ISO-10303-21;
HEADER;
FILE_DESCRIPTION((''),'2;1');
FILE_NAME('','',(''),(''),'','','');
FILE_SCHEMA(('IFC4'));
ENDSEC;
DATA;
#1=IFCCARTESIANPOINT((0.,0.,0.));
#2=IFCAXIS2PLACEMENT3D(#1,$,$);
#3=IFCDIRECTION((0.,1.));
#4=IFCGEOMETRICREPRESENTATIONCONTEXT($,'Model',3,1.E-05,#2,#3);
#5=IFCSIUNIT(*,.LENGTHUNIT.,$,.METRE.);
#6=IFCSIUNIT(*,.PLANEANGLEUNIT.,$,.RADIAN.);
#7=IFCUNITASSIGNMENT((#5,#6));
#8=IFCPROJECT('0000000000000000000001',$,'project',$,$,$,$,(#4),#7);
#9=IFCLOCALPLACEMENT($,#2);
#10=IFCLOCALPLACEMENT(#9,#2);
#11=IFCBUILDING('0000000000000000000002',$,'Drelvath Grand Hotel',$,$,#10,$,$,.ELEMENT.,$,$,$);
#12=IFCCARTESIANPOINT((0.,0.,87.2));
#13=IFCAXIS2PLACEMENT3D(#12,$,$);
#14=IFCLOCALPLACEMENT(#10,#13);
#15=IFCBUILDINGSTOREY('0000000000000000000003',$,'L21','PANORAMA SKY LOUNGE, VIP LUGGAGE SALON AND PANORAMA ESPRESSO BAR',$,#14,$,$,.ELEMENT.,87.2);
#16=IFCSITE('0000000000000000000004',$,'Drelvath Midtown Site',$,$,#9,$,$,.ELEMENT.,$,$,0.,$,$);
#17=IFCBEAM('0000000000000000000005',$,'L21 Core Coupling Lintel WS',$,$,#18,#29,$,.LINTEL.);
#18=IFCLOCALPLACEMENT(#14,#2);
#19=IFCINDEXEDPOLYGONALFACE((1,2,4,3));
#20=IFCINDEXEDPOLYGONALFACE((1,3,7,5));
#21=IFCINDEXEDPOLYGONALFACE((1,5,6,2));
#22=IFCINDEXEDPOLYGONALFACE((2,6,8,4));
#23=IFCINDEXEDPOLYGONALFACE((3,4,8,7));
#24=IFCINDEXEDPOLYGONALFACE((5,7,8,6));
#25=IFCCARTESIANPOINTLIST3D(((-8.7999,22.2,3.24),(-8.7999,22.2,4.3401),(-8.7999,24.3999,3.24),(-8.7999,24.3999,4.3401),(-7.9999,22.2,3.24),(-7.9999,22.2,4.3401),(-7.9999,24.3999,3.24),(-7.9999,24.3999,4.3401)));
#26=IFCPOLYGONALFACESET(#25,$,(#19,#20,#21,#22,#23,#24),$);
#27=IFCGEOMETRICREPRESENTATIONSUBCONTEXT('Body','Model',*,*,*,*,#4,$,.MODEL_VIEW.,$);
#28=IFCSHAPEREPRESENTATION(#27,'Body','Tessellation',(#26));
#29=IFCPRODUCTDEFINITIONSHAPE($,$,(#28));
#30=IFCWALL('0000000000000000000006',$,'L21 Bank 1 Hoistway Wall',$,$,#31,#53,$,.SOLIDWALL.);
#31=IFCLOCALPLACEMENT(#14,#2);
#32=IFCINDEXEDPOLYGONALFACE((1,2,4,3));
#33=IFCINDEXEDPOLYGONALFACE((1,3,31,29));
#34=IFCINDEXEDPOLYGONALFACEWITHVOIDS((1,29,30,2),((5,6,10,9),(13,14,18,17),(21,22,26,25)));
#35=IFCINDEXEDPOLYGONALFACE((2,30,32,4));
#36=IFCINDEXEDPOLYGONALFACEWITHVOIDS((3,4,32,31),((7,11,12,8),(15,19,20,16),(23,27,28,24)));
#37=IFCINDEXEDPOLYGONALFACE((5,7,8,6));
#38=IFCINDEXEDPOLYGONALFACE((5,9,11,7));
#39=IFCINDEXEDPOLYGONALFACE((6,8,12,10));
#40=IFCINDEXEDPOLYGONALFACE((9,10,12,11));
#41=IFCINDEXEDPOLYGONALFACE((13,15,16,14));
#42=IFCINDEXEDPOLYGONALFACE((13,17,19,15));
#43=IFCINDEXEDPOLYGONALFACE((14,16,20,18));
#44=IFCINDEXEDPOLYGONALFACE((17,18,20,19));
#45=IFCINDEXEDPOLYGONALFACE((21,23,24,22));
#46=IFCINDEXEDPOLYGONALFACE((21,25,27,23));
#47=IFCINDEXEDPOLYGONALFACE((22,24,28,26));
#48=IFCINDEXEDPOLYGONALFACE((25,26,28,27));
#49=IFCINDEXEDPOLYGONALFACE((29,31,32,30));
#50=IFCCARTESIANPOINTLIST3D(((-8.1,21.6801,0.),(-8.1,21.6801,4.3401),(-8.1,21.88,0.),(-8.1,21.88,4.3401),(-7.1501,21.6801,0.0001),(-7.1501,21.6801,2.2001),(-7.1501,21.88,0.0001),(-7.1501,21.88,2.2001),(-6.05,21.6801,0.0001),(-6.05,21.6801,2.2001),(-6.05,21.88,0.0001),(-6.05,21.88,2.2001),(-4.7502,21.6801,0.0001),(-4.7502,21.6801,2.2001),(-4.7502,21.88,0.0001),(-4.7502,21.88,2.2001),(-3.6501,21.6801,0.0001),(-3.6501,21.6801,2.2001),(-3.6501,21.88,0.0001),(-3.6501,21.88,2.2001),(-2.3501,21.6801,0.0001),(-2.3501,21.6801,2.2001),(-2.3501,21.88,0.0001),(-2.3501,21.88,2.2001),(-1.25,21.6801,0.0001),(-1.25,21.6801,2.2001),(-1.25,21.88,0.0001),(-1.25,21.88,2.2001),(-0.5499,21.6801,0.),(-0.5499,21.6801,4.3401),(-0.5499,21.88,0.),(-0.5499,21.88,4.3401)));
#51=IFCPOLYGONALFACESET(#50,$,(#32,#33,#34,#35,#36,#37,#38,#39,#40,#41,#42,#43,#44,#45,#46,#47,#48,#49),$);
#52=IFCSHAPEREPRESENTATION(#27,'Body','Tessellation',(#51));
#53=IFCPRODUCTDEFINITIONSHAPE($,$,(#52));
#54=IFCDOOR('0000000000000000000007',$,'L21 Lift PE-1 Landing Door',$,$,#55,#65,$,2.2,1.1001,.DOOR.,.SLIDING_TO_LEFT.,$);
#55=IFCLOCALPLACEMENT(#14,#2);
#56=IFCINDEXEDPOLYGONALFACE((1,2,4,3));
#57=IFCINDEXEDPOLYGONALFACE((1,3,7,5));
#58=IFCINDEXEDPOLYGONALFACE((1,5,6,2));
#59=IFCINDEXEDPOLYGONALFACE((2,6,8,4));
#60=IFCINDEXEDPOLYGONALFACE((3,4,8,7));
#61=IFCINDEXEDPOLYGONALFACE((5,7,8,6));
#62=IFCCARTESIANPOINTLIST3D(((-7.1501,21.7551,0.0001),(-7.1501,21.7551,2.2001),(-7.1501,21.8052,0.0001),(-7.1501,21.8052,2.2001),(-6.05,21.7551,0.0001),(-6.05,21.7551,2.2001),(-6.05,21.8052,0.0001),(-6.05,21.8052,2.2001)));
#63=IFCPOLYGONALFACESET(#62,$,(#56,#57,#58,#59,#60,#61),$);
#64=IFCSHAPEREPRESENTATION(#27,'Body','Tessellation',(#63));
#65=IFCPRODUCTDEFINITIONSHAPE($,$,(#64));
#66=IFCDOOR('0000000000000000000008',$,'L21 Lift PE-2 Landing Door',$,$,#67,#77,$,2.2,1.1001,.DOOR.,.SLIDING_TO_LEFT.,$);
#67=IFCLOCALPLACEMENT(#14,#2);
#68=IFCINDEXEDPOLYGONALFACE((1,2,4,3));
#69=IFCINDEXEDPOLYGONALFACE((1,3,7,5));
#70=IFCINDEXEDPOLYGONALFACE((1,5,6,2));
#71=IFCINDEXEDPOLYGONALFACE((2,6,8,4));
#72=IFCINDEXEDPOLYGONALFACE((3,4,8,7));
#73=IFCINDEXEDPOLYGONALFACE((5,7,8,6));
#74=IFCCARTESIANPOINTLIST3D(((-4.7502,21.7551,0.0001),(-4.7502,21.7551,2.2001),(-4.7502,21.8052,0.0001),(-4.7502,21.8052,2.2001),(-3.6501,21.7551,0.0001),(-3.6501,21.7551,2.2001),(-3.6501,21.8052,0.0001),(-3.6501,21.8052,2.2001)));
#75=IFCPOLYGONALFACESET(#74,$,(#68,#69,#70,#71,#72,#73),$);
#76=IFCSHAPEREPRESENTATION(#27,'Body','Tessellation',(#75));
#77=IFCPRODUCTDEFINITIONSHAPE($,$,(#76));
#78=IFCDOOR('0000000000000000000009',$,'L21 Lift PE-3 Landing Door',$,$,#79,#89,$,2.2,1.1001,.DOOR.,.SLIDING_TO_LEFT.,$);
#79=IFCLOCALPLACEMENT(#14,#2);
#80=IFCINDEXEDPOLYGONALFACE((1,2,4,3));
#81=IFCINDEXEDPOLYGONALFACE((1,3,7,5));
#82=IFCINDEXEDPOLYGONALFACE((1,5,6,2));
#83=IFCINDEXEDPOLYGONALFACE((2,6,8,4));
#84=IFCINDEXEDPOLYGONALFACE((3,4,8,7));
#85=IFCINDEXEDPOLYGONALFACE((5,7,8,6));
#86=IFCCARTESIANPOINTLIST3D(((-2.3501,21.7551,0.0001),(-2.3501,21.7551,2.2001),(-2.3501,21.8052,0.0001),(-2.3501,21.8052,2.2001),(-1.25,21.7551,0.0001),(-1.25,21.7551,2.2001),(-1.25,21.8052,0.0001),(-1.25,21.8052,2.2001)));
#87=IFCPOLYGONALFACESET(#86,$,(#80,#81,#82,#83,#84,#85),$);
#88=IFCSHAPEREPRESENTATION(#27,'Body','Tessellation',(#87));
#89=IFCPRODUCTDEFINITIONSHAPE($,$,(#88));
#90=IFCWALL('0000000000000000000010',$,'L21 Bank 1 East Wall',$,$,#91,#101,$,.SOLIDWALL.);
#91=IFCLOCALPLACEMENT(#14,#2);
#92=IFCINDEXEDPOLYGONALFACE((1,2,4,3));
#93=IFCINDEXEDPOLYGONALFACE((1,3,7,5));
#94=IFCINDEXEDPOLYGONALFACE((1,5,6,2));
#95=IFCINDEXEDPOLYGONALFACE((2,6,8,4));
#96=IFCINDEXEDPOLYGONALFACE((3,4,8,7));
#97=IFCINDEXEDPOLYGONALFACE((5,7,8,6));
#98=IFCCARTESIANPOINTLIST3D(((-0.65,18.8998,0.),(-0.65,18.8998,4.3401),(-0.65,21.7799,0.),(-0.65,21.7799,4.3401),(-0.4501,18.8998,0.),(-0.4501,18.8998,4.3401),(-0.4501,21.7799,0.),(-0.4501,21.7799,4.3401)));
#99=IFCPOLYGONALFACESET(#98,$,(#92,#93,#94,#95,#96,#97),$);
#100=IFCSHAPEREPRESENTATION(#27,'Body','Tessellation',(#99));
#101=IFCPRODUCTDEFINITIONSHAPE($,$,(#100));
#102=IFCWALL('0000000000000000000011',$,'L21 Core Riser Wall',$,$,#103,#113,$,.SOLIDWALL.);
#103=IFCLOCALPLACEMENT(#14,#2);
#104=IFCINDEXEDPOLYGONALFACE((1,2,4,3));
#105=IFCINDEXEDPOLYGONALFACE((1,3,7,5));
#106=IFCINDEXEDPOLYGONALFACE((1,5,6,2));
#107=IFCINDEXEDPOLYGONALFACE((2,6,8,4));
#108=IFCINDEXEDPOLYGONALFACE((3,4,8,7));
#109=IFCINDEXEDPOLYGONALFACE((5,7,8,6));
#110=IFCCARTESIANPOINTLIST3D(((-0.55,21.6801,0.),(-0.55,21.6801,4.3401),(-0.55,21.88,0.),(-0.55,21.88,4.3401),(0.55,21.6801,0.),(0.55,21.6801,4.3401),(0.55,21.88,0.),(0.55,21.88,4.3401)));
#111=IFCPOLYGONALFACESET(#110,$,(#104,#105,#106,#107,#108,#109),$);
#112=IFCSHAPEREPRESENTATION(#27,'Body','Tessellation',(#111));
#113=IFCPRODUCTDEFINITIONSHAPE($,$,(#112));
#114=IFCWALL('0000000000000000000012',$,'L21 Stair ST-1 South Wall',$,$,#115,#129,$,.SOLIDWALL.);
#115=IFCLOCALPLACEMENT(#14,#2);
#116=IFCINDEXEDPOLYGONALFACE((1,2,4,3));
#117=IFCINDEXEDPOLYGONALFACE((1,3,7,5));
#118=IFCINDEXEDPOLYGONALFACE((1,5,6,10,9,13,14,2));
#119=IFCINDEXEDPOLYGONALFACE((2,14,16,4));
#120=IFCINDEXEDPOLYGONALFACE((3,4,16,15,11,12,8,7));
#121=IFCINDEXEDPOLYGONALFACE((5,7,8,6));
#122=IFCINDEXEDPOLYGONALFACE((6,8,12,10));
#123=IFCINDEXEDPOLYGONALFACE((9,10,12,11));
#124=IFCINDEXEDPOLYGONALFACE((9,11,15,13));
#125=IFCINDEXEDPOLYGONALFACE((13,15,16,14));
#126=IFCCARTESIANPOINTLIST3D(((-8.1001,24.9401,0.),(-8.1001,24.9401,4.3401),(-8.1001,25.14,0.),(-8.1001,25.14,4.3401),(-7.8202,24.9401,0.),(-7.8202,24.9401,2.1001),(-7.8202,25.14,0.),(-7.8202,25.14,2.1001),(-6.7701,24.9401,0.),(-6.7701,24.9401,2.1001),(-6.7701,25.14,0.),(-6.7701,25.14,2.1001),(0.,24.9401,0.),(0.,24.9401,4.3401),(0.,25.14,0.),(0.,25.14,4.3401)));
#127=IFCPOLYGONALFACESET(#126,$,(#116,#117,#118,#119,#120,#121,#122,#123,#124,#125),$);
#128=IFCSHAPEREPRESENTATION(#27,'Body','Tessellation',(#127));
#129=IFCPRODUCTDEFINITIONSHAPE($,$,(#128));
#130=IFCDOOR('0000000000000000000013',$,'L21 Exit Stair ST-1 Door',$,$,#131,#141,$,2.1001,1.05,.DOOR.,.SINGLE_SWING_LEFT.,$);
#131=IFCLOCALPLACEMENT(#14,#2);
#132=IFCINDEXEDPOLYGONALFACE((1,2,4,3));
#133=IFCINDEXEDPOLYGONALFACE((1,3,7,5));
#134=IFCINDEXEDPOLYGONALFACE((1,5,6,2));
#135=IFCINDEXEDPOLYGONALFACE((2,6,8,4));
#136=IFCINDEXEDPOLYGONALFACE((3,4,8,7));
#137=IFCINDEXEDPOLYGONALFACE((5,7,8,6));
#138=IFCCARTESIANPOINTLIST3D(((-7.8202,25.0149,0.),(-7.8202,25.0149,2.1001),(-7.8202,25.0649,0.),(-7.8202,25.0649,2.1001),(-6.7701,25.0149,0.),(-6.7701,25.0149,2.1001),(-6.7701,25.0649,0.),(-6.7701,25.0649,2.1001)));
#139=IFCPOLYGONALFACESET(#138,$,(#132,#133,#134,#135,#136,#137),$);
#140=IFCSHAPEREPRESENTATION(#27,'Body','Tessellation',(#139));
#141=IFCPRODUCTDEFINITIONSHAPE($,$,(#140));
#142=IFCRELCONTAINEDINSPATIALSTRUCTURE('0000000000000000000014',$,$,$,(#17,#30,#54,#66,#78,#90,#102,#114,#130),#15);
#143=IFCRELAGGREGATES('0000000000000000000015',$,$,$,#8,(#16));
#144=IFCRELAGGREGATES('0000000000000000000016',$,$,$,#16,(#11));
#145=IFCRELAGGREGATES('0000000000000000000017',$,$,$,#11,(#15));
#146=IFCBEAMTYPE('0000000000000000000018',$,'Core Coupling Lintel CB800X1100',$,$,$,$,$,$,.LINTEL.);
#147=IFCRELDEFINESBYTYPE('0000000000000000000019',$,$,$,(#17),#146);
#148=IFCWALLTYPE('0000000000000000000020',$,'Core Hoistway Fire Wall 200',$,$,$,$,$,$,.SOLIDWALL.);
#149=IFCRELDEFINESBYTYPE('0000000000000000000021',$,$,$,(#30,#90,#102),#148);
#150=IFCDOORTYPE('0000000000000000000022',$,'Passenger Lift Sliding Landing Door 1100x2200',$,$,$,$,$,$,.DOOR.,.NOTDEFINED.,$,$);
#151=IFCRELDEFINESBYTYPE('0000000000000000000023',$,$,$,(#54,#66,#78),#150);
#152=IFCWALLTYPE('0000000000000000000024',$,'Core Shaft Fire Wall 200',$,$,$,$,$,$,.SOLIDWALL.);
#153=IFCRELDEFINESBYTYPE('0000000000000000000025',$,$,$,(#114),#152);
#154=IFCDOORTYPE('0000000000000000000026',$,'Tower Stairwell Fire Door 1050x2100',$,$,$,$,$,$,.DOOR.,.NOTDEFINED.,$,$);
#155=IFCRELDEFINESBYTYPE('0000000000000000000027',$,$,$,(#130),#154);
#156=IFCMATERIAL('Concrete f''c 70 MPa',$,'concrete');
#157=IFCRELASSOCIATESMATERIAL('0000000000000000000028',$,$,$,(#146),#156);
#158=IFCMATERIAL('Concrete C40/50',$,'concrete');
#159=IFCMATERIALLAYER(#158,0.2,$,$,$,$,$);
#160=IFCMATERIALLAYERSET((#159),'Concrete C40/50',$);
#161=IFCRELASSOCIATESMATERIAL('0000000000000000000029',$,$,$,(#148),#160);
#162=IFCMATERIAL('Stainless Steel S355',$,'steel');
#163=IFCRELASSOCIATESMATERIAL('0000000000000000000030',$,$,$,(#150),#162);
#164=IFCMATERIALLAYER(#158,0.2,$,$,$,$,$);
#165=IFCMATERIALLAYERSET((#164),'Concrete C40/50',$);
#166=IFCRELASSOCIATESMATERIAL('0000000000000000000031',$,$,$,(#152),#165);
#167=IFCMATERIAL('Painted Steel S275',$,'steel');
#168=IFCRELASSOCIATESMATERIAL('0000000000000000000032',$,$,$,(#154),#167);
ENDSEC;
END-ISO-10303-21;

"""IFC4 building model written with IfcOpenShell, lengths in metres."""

from ifc_helpers import new_model, si_unit, direction, frame, frame_2d, origin, origin_2d, place, context, subcontext, project, spatial, rectangle, extrude, material, layer, layer_set, material_profile, profile_set, type_object, element, fill, save


model = new_model("IFC4")

# Units and contexts
model_context = context("Model", 3, precision=1e-05, world=origin(), true_north=direction((0.0, 1.0)))
body_context = subcontext(model_context, "Body", "Model", "MODEL_VIEW")
ifc_project = project(units=[si_unit("LENGTHUNIT", "METRE"), si_unit("PLANEANGLEUNIT", "RADIAN")], contexts=[model_context])

# Site, building, storey
site_placement = place(None, origin())
site = spatial("IfcSite", under=ifc_project, at=site_placement, Name="Drelvath Midtown Site", CompositionType="ELEMENT", RefElevation=0.0)
building_placement = place(site_placement, origin())
building = spatial("IfcBuilding", under=site, at=building_placement, Name="Drelvath Grand Hotel", CompositionType="ELEMENT")
storey_placement = place(building_placement, frame((0.0, 0.0, 87.2)))
storey = spatial("IfcBuildingStorey", under=building, at=storey_placement, Name="L21", Description="PANORAMA SKY LOUNGE, VIP LUGGAGE SALON AND PANORAMA ESPRESSO BAR", CompositionType="ELEMENT", Elevation=87.2)

# Beam
ifc_material_1 = material(Name="Concrete f'c 70 MPa", Category="concrete")
ifc_material_profile = material_profile(ifc_material_1, rectangle(XDim=0.8, YDim=1.1001, at=origin_2d()), Name="CB800X1100")
ifc_profile_set = profile_set([ifc_material_profile], Name="Concrete f'c 70 MPa")
beam_type = type_object("IfcBeamType", Name="Core Coupling Lintel CB800X1100", PredefinedType="LINTEL", material=ifc_profile_set)
beam_placement = place(storey_placement, frame((-8.3999, 22.2, 3.79), z_axis=(0.0, 1.0, 0.0), x_axis=(-1.0, 0.0, 0.0)))
element("IfcBeam", 1, at=beam_placement, inside=storey, type_object=beam_type, Name="L21 Core Coupling Lintel WS", PredefinedType="LINTEL", context=body_context, shape_type="SweptSolid", body=[
    extrude(rectangle(XDim=0.8, YDim=1.1001, at=origin_2d()), origin(), (0.0, 0.0, 1.0), 2.2),
])

# Wall, openings, doors
ifc_material_2 = material(Name="Concrete C40/50", Category="concrete")
ifc_layer_1 = layer(ifc_material_2, 0.2)
ifc_layer_set_1 = layer_set([ifc_layer_1], Name="Concrete C40/50")
wall_type_1 = type_object("IfcWallType", Name="Core Hoistway Fire Wall 200", PredefinedType="SOLIDWALL", material=ifc_layer_set_1)
wall_1_placement = place(storey_placement, frame((-0.55, 21.78, 0.0), z_axis=(0.0, 0.0, 1.0), x_axis=(-1.0, 0.0, 0.0)))
wall_1 = element("IfcWall", 2, at=wall_1_placement, inside=storey, type_object=wall_type_1, Name="L21 Bank 1 Hoistway Wall", PredefinedType="SOLIDWALL", context=body_context, shape_type="SweptSolid", body=[
    extrude(rectangle(XDim=7.55, YDim=0.2, at=frame_2d((3.7749, 0.0))), origin(), (0.0, 0.0, 1.0), 4.3401),
])
opening_1_placement = place(wall_1_placement, frame((5.5, 0.0, 0.0)))
opening_1 = element("IfcOpeningElement", 3, at=opening_1_placement, cuts=wall_1, PredefinedType="OPENING", context=body_context, shape_type="SweptSolid", body=[
    extrude(rectangle(XDim=1.1001, YDim=2.2, at=frame_2d((0.55, 1.1001))), frame((0.0, 0.1099, 0.0), z_axis=(0.0, -1.0, 0.0), x_axis=(1.0, 0.0, 0.0)), (0.0, 0.0, 1.0), 0.22),
])
opening_2_placement = place(wall_1_placement, frame((3.1001, 0.0, 0.0)))
opening_2 = element("IfcOpeningElement", 4, at=opening_2_placement, cuts=wall_1, PredefinedType="OPENING", context=body_context, shape_type="SweptSolid", body=[
    extrude(rectangle(XDim=1.1001, YDim=2.2, at=frame_2d((0.55, 1.1001))), frame((0.0, 0.1099, 0.0), z_axis=(0.0, -1.0, 0.0), x_axis=(1.0, 0.0, 0.0)), (0.0, 0.0, 1.0), 0.22),
])
opening_3_placement = place(wall_1_placement, frame((0.7, 0.0, 0.0)))
opening_3 = element("IfcOpeningElement", 5, at=opening_3_placement, cuts=wall_1, PredefinedType="OPENING", context=body_context, shape_type="SweptSolid", body=[
    extrude(rectangle(XDim=1.1001, YDim=2.2, at=frame_2d((0.55, 1.1001))), frame((0.0, 0.1099, 0.0), z_axis=(0.0, -1.0, 0.0), x_axis=(1.0, 0.0, 0.0)), (0.0, 0.0, 1.0), 0.22),
])
ifc_material_3 = material(Name="Stainless Steel S355", Category="steel")
door_type_1 = type_object("IfcDoorType", Name="Passenger Lift Sliding Landing Door 1100x2200", OperationType="NOTDEFINED", PredefinedType="DOOR", material=ifc_material_3)
door_1_placement = place(opening_1_placement, origin())
door_1 = element("IfcDoor", 6, at=door_1_placement, inside=storey, type_object=door_type_1, Name="L21 Lift PE-1 Landing Door", OperationType="SLIDING_TO_LEFT", OverallHeight=2.2, OverallWidth=1.1001, PredefinedType="DOOR", context=body_context, shape_type="SweptSolid", body=[
    extrude(rectangle(XDim=1.1001, YDim=2.2, at=frame_2d((0.55, 1.1001))), frame((0.0, 0.0249, 0.0), z_axis=(0.0, -1.0, 0.0), x_axis=(1.0, 0.0, 0.0)), (0.0, 0.0, 1.0), 0.05),
])
fill(opening_1, door_1)
door_2_placement = place(opening_2_placement, origin())
door_2 = element("IfcDoor", 7, at=door_2_placement, inside=storey, type_object=door_type_1, Name="L21 Lift PE-2 Landing Door", OperationType="SLIDING_TO_LEFT", OverallHeight=2.2, OverallWidth=1.1001, PredefinedType="DOOR", context=body_context, shape_type="SweptSolid", body=[
    extrude(rectangle(XDim=1.1001, YDim=2.2, at=frame_2d((0.55, 1.1001))), frame((0.0, 0.0249, 0.0), z_axis=(0.0, -1.0, 0.0), x_axis=(1.0, 0.0, 0.0)), (0.0, 0.0, 1.0), 0.05),
])
fill(opening_2, door_2)
door_3_placement = place(opening_3_placement, origin())
door_3 = element("IfcDoor", 8, at=door_3_placement, inside=storey, type_object=door_type_1, Name="L21 Lift PE-3 Landing Door", OperationType="SLIDING_TO_LEFT", OverallHeight=2.2, OverallWidth=1.1001, PredefinedType="DOOR", context=body_context, shape_type="SweptSolid", body=[
    extrude(rectangle(XDim=1.1001, YDim=2.2, at=frame_2d((0.55, 1.1001))), frame((0.0, 0.0249, 0.0), z_axis=(0.0, -1.0, 0.0), x_axis=(1.0, 0.0, 0.0)), (0.0, 0.0, 1.0), 0.05),
])
fill(opening_3, door_3)

# Walls
wall_2_placement = place(storey_placement, frame((-0.55, 18.8999, 0.0), z_axis=(0.0, 0.0, 1.0), x_axis=(0.0, 1.0, 0.0)))
element("IfcWall", 9, at=wall_2_placement, inside=storey, type_object=wall_type_1, Name="L21 Bank 1 East Wall", PredefinedType="SOLIDWALL", context=body_context, shape_type="SweptSolid", body=[
    extrude(rectangle(XDim=2.8801, YDim=0.2, at=frame_2d((1.4399, 0.0))), origin(), (0.0, 0.0, 1.0), 4.3401),
])
wall_3_placement = place(storey_placement, frame((-0.55, 21.78, 0.0), z_axis=(0.0, 0.0, 1.0), x_axis=(1.0, 0.0, 0.0)))
element("IfcWall", 10, at=wall_3_placement, inside=storey, type_object=wall_type_1, Name="L21 Core Riser Wall", PredefinedType="SOLIDWALL", context=body_context, shape_type="SweptSolid", body=[
    extrude(rectangle(XDim=1.1001, YDim=0.2, at=frame_2d((0.55, 0.0))), origin(), (0.0, 0.0, 1.0), 4.3401),
])

# Wall, opening, door
ifc_layer_2 = layer(ifc_material_2, 0.2)
ifc_layer_set_2 = layer_set([ifc_layer_2], Name="Concrete C40/50")
wall_type_2 = type_object("IfcWallType", Name="Core Shaft Fire Wall 200", PredefinedType="SOLIDWALL", material=ifc_layer_set_2)
wall_4_placement = place(storey_placement, frame((-8.1001, 25.04, 0.0), z_axis=(0.0, 0.0, 1.0), x_axis=(1.0, 0.0, 0.0)))
wall_4 = element("IfcWall", 11, at=wall_4_placement, inside=storey, type_object=wall_type_2, Name="L21 Stair ST-1 South Wall", PredefinedType="SOLIDWALL", context=body_context, shape_type="SweptSolid", body=[
    extrude(rectangle(XDim=8.1001, YDim=0.2, at=frame_2d((4.05, 0.0))), origin(), (0.0, 0.0, 1.0), 4.3401),
])
opening_4_placement = place(wall_4_placement, frame((0.28, 0.0, 0.0)))
opening_4 = element("IfcOpeningElement", 12, at=opening_4_placement, cuts=wall_4, PredefinedType="OPENING", context=body_context, shape_type="SweptSolid", body=[
    extrude(rectangle(XDim=1.05, YDim=2.1001, at=frame_2d((0.5249, 1.05))), frame((0.0, 0.1099, 0.0), z_axis=(0.0, -1.0, 0.0), x_axis=(1.0, 0.0, 0.0)), (0.0, 0.0, 1.0), 0.22),
])
ifc_material_4 = material(Name="Painted Steel S275", Category="steel")
door_type_2 = type_object("IfcDoorType", Name="Tower Stairwell Fire Door 1050x2100", OperationType="NOTDEFINED", PredefinedType="DOOR", material=ifc_material_4)
door_4_placement = place(opening_4_placement, origin())
door_4 = element("IfcDoor", 13, at=door_4_placement, inside=storey, type_object=door_type_2, Name="L21 Exit Stair ST-1 Door", OperationType="SINGLE_SWING_LEFT", OverallHeight=2.1001, OverallWidth=1.05, PredefinedType="DOOR", context=body_context, shape_type="SweptSolid", body=[
    extrude(rectangle(XDim=1.05, YDim=2.1001, at=frame_2d((0.5249, 1.05))), frame((0.0, 0.0249, 0.0), z_axis=(0.0, -1.0, 0.0), x_axis=(1.0, 0.0, 0.0)), (0.0, 0.0, 1.0), 0.05),
])
fill(opening_4, door_4)

save(model, "model.ifc")
